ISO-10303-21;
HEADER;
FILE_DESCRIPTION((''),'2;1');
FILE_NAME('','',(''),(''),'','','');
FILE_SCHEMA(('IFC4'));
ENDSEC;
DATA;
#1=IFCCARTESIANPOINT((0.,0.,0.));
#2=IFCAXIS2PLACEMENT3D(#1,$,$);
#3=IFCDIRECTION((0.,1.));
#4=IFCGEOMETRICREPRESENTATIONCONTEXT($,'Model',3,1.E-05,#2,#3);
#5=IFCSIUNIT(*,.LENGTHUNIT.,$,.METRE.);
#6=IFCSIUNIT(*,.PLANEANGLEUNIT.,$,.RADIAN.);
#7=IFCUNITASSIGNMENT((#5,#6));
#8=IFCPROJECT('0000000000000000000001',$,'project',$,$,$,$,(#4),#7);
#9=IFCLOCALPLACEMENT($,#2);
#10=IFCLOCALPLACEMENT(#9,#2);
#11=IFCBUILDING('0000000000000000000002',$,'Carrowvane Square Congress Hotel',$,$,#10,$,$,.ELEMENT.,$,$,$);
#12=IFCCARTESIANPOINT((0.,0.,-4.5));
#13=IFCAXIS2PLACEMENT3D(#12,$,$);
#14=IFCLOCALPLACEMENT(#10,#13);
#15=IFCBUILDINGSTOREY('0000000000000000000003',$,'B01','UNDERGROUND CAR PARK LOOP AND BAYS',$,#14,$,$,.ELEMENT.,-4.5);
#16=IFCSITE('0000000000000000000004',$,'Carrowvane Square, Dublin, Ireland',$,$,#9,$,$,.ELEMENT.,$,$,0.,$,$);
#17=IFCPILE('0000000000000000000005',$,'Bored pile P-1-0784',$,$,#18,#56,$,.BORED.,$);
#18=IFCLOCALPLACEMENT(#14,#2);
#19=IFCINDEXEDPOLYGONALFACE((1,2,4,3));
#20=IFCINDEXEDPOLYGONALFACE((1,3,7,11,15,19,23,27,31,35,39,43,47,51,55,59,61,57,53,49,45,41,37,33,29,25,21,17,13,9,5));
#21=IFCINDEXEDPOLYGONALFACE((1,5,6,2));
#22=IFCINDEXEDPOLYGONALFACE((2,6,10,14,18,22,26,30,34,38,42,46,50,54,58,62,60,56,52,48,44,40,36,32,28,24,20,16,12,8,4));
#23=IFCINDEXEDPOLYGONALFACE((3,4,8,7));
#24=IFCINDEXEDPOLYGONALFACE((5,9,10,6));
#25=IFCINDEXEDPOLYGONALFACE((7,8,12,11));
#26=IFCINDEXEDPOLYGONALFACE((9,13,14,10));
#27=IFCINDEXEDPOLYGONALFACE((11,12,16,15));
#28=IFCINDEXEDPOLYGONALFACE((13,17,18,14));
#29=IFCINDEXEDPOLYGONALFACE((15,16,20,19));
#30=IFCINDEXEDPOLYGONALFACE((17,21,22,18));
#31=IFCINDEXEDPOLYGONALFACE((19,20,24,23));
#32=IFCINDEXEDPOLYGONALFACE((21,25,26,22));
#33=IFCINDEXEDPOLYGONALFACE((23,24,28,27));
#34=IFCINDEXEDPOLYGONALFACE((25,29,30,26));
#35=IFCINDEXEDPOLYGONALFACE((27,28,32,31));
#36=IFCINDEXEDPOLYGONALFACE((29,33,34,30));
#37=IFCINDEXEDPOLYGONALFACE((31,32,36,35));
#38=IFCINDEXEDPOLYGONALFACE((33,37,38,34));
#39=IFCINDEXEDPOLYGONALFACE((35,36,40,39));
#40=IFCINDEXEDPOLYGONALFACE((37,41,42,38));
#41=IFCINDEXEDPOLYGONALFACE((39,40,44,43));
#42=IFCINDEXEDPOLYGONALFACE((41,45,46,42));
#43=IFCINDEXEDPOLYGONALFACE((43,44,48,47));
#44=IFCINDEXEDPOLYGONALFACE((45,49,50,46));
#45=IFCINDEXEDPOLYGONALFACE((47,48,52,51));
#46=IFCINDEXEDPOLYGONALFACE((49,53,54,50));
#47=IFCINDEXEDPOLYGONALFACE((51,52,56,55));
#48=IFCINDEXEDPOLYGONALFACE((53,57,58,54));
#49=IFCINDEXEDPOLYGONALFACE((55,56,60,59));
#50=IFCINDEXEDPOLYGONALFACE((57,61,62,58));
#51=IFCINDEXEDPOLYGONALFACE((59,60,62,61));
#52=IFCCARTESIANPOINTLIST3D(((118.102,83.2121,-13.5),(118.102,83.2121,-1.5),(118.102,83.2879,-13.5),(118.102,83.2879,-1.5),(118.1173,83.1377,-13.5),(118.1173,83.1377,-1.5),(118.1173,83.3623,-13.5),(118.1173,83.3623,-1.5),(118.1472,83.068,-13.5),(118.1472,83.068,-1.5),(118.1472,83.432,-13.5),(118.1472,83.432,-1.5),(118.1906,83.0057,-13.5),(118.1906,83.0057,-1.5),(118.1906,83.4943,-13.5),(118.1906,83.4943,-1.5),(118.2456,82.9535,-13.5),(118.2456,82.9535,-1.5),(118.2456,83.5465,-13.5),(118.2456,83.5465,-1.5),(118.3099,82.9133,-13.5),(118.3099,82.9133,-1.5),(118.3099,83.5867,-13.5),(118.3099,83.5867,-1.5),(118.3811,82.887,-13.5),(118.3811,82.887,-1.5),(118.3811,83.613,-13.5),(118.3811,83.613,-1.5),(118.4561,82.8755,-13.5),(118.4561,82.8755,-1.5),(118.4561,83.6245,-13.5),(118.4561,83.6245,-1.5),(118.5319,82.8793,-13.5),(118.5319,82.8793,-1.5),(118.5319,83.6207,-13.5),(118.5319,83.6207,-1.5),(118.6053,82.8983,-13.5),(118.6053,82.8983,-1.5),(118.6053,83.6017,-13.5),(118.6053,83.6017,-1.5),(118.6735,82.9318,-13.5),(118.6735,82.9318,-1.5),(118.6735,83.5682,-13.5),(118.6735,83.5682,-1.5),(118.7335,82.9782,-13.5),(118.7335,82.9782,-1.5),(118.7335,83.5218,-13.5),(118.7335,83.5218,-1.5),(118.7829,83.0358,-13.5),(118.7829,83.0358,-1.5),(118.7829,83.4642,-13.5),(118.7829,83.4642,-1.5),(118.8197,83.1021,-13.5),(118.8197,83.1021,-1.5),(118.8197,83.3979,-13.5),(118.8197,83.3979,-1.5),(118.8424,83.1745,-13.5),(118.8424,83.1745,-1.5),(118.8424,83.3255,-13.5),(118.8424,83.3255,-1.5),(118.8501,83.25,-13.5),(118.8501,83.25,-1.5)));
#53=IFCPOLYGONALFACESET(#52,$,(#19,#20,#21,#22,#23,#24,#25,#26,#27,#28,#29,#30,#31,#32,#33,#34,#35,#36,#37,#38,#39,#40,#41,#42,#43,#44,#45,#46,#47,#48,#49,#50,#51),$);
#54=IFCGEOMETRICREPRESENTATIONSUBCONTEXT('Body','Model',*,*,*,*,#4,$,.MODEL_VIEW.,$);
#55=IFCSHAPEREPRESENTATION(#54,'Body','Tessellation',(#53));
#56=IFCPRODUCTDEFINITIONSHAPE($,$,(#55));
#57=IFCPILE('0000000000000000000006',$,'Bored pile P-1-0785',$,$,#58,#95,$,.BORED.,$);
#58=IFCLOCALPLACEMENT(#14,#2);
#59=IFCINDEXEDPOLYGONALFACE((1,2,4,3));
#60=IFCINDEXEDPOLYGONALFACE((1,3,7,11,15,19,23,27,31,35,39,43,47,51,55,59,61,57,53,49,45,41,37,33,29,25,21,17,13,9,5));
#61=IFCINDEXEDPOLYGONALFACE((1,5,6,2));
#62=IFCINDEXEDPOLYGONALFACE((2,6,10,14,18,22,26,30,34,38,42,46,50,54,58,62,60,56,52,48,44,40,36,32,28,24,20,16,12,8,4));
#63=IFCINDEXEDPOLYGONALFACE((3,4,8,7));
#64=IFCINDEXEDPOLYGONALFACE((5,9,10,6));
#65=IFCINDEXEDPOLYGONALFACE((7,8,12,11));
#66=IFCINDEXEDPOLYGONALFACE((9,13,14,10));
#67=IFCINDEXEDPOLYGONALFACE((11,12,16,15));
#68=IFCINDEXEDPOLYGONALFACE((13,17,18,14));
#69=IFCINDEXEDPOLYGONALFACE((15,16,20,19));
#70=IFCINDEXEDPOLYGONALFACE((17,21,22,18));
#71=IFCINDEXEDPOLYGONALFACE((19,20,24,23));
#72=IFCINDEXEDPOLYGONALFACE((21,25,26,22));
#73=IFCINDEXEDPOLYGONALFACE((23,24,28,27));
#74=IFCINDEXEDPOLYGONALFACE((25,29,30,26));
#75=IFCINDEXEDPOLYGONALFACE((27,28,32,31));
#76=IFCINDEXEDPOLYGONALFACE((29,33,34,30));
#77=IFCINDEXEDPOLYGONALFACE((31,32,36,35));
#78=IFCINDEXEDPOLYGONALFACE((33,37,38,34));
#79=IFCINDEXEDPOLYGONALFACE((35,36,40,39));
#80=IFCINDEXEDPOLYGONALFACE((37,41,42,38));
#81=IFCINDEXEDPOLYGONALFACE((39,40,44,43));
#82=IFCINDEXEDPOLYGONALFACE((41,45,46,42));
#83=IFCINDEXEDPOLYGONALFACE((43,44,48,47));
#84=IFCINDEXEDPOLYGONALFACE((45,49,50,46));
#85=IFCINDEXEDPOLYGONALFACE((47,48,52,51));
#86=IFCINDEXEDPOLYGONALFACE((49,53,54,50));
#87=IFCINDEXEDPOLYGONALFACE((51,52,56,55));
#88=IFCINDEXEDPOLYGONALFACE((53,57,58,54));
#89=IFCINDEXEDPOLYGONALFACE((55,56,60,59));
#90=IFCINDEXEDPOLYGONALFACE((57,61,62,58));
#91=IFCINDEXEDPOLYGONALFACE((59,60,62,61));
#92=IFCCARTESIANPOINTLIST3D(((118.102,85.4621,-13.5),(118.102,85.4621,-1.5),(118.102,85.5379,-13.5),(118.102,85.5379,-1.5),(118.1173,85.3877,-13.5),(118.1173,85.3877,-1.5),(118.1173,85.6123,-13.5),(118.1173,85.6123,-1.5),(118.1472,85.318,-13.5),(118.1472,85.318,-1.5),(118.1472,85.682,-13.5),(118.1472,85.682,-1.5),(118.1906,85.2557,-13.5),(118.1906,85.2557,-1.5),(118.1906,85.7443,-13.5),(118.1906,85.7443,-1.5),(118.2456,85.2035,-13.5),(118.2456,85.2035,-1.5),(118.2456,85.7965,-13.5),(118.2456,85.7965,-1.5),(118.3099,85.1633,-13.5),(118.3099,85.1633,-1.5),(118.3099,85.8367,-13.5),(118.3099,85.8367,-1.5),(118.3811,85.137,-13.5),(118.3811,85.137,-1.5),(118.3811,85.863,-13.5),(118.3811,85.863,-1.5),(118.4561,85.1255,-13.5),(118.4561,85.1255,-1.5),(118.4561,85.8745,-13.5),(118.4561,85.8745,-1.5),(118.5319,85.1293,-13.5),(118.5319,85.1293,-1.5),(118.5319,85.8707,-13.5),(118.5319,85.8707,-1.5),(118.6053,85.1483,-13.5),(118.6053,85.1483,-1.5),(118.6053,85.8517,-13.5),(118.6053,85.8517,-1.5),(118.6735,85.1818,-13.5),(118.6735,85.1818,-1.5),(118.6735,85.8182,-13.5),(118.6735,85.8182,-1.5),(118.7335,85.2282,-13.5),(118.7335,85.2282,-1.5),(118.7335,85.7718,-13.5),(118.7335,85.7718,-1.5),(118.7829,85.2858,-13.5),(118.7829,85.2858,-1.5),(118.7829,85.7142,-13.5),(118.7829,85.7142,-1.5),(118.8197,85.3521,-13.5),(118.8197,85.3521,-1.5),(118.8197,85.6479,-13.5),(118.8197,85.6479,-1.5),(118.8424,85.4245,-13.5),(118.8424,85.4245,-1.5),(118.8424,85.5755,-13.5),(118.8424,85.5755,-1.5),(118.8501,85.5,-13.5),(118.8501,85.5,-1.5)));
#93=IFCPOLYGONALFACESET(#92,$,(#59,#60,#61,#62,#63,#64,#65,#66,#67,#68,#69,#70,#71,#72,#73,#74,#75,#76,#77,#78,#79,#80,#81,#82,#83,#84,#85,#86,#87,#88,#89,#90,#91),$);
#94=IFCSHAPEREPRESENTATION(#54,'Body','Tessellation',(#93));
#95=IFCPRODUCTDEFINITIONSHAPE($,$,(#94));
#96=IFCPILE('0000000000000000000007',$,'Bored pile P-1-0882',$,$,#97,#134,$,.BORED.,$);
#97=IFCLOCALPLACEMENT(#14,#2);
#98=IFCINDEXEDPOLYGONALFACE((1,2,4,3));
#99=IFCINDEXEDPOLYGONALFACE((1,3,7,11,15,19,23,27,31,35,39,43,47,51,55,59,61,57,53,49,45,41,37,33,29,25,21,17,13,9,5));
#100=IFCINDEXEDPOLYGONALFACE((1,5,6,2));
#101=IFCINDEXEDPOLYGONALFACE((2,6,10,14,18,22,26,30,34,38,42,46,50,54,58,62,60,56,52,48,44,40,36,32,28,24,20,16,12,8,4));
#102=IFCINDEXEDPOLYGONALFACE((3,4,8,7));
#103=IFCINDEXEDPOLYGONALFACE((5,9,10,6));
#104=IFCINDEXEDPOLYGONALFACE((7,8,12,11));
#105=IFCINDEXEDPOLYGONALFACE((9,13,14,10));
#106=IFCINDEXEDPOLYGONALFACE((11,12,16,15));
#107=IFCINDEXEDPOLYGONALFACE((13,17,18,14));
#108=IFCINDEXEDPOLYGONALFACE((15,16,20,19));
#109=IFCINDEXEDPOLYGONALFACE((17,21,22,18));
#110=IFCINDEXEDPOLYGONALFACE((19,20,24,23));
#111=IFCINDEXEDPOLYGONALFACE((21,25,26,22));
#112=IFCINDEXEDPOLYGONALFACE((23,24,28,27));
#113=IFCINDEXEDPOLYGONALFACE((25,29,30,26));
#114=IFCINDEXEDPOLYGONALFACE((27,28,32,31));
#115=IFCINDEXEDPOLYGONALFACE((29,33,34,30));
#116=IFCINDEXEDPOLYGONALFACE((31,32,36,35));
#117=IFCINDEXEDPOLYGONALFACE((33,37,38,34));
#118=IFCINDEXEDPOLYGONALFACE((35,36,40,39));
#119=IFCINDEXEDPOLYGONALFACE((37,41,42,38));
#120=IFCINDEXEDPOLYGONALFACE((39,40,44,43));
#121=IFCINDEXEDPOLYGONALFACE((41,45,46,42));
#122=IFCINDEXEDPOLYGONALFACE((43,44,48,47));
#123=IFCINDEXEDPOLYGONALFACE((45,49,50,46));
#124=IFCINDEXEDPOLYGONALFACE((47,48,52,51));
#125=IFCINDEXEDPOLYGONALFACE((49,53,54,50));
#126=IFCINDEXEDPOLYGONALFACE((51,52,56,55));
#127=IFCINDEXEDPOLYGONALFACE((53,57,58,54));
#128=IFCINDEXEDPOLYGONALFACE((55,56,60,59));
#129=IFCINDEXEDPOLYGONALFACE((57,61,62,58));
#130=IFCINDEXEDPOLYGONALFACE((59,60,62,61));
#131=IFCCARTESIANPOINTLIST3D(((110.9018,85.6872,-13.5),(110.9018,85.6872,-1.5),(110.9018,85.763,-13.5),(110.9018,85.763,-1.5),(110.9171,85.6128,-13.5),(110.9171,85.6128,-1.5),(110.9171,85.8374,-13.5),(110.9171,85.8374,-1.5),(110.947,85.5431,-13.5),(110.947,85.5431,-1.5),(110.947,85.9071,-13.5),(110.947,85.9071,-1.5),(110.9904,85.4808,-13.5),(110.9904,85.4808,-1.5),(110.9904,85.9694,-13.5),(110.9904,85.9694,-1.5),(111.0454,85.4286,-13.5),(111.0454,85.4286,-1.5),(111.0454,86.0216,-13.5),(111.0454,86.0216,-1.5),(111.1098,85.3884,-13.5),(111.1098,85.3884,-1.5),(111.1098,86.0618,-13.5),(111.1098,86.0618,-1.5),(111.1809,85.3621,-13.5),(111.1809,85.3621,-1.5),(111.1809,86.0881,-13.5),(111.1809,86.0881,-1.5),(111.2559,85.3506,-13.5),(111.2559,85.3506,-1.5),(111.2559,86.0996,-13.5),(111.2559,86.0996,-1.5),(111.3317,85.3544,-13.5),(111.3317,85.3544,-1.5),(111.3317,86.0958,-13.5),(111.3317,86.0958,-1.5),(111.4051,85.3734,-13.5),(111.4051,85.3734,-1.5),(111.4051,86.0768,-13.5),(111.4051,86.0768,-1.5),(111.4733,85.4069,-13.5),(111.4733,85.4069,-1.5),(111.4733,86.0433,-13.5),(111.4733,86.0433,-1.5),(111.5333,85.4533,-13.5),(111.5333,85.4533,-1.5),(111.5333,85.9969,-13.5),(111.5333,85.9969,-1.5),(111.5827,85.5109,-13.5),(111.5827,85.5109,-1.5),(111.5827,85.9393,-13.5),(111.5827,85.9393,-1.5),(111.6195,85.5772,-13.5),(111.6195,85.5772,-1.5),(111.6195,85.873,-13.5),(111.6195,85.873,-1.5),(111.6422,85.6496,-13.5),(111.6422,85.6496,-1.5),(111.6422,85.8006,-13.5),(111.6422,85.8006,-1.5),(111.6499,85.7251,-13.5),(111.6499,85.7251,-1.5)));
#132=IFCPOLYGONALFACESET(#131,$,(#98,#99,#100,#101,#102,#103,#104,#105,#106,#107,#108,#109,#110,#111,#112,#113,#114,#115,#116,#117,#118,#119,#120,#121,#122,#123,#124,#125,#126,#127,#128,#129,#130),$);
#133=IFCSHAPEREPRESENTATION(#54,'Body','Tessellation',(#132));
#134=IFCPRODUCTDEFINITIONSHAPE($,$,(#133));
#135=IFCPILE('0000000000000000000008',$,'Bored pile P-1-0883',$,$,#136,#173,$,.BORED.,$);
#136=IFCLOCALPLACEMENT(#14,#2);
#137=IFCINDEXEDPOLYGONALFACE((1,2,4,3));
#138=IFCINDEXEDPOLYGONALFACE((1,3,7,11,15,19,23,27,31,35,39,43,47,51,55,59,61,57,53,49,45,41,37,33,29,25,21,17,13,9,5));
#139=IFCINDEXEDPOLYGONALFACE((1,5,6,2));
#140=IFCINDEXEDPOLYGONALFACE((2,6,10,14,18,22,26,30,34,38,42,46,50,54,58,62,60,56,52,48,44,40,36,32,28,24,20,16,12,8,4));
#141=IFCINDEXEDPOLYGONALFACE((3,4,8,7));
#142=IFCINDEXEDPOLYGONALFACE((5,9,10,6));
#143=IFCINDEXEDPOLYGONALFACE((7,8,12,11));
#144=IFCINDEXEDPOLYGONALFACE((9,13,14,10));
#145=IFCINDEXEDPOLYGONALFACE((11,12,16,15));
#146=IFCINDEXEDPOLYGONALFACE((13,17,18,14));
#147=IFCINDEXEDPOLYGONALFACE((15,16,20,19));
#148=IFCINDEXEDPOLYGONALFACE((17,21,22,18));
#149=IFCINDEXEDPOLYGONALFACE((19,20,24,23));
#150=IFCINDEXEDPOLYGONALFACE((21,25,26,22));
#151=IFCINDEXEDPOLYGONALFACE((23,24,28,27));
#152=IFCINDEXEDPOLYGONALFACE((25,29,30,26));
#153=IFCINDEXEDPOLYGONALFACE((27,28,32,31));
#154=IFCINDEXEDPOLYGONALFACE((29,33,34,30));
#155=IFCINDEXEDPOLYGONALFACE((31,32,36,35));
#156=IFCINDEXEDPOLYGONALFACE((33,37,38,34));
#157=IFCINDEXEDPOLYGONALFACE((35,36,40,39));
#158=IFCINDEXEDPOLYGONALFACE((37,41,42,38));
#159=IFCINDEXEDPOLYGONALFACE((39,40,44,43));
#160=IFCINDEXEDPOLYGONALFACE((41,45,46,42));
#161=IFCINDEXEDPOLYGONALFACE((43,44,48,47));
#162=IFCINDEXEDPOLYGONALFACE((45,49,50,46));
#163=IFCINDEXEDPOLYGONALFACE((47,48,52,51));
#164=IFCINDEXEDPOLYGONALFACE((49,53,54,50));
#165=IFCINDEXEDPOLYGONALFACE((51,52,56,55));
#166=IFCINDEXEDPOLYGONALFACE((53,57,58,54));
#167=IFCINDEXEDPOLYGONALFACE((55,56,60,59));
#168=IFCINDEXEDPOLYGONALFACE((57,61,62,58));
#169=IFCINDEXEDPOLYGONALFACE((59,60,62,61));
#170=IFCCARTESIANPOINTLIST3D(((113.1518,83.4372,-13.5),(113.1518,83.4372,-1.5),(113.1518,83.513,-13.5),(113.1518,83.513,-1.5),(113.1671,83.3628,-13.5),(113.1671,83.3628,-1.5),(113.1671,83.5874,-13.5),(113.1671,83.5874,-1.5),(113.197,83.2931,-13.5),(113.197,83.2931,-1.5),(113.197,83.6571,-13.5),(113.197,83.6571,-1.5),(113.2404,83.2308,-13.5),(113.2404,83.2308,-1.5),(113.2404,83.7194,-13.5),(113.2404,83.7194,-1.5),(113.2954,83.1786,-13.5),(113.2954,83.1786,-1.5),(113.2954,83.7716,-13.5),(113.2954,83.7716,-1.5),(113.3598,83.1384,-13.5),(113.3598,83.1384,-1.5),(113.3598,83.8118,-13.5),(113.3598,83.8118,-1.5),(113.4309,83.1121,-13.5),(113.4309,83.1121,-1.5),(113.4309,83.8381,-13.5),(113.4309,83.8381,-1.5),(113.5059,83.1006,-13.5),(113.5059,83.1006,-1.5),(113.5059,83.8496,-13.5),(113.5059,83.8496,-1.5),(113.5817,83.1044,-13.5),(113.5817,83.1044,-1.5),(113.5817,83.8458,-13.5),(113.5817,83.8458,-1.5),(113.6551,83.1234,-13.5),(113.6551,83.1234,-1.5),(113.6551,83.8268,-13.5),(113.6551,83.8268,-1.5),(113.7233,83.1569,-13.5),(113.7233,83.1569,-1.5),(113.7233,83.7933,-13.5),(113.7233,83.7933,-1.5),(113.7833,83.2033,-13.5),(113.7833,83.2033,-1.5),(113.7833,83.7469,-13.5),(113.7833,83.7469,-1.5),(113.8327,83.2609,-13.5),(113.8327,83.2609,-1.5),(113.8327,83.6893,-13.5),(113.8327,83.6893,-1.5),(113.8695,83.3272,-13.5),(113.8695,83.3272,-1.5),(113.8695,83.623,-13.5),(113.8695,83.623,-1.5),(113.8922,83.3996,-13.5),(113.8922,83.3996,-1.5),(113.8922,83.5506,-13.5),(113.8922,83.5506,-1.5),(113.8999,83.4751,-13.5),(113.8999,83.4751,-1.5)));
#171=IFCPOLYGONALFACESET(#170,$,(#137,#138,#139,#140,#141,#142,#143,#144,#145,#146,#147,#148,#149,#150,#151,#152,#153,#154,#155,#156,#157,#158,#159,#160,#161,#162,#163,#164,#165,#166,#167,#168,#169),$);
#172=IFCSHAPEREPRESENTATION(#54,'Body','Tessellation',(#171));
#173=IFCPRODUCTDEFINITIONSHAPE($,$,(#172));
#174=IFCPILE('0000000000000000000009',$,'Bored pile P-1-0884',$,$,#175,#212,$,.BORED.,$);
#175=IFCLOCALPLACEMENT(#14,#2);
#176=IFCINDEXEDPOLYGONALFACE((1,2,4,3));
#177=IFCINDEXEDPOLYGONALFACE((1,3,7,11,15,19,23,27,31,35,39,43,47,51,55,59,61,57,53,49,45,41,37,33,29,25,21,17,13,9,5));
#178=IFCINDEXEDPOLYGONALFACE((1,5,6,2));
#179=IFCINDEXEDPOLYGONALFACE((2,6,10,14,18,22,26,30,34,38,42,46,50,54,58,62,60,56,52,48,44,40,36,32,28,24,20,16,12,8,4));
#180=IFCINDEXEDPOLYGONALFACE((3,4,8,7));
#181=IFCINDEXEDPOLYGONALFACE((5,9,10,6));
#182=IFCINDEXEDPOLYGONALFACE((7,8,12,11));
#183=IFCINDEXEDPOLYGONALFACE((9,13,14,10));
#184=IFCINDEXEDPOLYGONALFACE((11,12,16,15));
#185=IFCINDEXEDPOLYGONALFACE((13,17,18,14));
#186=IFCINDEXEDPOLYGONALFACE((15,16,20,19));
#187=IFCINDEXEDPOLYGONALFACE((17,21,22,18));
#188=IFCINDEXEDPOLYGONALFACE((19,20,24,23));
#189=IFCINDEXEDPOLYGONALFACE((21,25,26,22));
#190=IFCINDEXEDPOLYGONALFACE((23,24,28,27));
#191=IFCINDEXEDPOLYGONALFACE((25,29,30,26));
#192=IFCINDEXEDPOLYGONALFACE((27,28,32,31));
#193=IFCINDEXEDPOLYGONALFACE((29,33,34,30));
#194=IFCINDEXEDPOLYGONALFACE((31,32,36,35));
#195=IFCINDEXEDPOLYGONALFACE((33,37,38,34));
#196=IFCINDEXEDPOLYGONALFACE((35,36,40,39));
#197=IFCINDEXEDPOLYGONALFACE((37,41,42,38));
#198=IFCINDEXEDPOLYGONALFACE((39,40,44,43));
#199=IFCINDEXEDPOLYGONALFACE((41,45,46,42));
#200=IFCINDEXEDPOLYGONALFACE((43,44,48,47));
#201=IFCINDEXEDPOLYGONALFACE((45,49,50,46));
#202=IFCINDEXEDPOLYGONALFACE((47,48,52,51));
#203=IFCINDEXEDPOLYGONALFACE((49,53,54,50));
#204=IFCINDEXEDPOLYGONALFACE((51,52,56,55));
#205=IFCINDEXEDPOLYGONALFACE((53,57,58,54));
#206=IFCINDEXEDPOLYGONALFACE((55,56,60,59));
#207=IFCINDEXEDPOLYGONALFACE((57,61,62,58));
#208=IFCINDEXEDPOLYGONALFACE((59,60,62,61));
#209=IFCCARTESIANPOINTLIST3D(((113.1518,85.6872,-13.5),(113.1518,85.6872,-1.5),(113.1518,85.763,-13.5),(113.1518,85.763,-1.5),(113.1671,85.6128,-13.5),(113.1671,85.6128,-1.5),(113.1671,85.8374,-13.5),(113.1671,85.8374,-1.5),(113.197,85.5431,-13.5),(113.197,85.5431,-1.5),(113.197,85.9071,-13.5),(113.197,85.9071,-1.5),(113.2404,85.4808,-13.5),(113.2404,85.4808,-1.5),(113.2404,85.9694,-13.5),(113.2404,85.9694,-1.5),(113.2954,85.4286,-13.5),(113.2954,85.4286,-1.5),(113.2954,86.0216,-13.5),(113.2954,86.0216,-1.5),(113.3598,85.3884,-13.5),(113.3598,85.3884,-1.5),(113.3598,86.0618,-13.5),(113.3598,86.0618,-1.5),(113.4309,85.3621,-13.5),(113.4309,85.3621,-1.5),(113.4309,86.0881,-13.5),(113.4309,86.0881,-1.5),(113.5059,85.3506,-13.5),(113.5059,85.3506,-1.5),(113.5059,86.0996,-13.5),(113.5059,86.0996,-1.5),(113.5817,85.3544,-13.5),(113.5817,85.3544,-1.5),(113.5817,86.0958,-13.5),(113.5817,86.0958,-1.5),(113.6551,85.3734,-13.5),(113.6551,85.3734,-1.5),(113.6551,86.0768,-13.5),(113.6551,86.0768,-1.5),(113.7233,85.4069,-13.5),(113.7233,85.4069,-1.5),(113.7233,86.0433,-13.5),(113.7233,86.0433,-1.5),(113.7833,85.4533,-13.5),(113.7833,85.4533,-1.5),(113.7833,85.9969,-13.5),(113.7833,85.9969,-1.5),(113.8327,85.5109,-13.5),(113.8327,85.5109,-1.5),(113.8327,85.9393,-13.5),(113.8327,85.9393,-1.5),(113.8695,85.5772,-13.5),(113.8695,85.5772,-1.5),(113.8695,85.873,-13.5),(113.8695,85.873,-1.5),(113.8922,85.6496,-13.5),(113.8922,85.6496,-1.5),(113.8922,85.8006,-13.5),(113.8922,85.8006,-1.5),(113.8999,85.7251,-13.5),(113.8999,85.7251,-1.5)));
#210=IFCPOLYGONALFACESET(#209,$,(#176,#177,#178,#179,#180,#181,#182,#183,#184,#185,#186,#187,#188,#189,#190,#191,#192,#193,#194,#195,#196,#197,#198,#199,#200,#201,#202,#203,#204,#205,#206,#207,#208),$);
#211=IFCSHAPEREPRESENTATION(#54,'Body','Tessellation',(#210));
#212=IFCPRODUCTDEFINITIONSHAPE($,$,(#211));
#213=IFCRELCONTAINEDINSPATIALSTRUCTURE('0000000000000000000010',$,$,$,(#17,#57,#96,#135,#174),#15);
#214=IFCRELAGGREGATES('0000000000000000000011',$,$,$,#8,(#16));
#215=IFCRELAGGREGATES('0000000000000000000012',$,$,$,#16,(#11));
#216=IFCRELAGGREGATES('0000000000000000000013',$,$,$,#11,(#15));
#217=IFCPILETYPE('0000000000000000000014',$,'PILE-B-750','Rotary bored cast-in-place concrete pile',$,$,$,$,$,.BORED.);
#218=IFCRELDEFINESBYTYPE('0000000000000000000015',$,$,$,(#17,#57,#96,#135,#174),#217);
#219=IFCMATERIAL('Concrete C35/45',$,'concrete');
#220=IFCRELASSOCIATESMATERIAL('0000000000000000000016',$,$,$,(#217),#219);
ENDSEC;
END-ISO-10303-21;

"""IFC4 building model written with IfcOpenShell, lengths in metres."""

from ifc_helpers import new_model, si_unit, direction, frame, origin, origin_2d, place, context, subcontext, project, spatial, circle, extrude, material, material_profile, profile_set, type_object, element, save


model = new_model("IFC4")

# Units and contexts
model_context = context("Model", 3, precision=1e-05, world=origin(), true_north=direction((0.0, 1.0)))
body_context = subcontext(model_context, "Body", "Model", "MODEL_VIEW")
ifc_project = project(units=[si_unit("LENGTHUNIT", "METRE"), si_unit("PLANEANGLEUNIT", "RADIAN")], contexts=[model_context])

# Site, building, storey
site_placement = place(None, origin())
site = spatial("IfcSite", under=ifc_project, at=site_placement, Name="Carrowvane Square, Dublin, Ireland", CompositionType="ELEMENT", RefElevation=0.0)
building_placement = place(site_placement, origin())
building = spatial("IfcBuilding", under=site, at=building_placement, Name="Carrowvane Square Congress Hotel", CompositionType="ELEMENT")
storey_placement = place(building_placement, frame((0.0, 0.0, -4.5)))
storey = spatial("IfcBuildingStorey", under=building, at=storey_placement, Name="B01", Description="UNDERGROUND CAR PARK LOOP AND BAYS", CompositionType="ELEMENT", Elevation=-4.5)

# Piles
ifc_material_1 = material(Name="Concrete C35/45", Category="concrete")
ifc_material_profile_1 = material_profile(ifc_material_1, circle(Radius=0.375, at=origin_2d()), Name="PILE D750")
ifc_profile_set_1 = profile_set([ifc_material_profile_1], Name="Concrete C35/45")
pile_type_1 = type_object("IfcPileType", Name="PILE-B-750", Description="Rotary bored cast-in-place concrete pile", PredefinedType="BORED", material=ifc_profile_set_1)
for number, where, z_axis, x_axis, name in (
    (1, (118.4751, 83.25, -1.5), (0.0, 0.0, -1.0), (1.0, 0.0, 0.0), "Bored pile P-1-0784"),
    (2, (118.4751, 85.5, -1.5), (0.0, 0.0, -1.0), (1.0, 0.0, 0.0), "Bored pile P-1-0785"),
    (3, (111.2749, 85.7251, -1.5), (0.0, 0.0, -1.0), (1.0, 0.0, 0.0), "Bored pile P-1-0882"),
    (4, (113.5249, 83.4751, -1.5), (0.0, 0.0, -1.0), (1.0, 0.0, 0.0), "Bored pile P-1-0883"),
    (5, (113.5249, 85.7251, -1.5), (0.0, 0.0, -1.0), (1.0, 0.0, 0.0), "Bored pile P-1-0884"),
):
    element("IfcPile", number, at=place(storey_placement, frame(where, z_axis=z_axis, x_axis=x_axis)), inside=storey, type_object=pile_type_1, Name=name, PredefinedType="BORED", context=body_context, shape_type="SweptSolid", body=[
        extrude(circle(Radius=0.375, at=origin_2d()), origin(), (0.0, 0.0, 1.0), 12.0),
    ])

save(model, "model.ifc")
